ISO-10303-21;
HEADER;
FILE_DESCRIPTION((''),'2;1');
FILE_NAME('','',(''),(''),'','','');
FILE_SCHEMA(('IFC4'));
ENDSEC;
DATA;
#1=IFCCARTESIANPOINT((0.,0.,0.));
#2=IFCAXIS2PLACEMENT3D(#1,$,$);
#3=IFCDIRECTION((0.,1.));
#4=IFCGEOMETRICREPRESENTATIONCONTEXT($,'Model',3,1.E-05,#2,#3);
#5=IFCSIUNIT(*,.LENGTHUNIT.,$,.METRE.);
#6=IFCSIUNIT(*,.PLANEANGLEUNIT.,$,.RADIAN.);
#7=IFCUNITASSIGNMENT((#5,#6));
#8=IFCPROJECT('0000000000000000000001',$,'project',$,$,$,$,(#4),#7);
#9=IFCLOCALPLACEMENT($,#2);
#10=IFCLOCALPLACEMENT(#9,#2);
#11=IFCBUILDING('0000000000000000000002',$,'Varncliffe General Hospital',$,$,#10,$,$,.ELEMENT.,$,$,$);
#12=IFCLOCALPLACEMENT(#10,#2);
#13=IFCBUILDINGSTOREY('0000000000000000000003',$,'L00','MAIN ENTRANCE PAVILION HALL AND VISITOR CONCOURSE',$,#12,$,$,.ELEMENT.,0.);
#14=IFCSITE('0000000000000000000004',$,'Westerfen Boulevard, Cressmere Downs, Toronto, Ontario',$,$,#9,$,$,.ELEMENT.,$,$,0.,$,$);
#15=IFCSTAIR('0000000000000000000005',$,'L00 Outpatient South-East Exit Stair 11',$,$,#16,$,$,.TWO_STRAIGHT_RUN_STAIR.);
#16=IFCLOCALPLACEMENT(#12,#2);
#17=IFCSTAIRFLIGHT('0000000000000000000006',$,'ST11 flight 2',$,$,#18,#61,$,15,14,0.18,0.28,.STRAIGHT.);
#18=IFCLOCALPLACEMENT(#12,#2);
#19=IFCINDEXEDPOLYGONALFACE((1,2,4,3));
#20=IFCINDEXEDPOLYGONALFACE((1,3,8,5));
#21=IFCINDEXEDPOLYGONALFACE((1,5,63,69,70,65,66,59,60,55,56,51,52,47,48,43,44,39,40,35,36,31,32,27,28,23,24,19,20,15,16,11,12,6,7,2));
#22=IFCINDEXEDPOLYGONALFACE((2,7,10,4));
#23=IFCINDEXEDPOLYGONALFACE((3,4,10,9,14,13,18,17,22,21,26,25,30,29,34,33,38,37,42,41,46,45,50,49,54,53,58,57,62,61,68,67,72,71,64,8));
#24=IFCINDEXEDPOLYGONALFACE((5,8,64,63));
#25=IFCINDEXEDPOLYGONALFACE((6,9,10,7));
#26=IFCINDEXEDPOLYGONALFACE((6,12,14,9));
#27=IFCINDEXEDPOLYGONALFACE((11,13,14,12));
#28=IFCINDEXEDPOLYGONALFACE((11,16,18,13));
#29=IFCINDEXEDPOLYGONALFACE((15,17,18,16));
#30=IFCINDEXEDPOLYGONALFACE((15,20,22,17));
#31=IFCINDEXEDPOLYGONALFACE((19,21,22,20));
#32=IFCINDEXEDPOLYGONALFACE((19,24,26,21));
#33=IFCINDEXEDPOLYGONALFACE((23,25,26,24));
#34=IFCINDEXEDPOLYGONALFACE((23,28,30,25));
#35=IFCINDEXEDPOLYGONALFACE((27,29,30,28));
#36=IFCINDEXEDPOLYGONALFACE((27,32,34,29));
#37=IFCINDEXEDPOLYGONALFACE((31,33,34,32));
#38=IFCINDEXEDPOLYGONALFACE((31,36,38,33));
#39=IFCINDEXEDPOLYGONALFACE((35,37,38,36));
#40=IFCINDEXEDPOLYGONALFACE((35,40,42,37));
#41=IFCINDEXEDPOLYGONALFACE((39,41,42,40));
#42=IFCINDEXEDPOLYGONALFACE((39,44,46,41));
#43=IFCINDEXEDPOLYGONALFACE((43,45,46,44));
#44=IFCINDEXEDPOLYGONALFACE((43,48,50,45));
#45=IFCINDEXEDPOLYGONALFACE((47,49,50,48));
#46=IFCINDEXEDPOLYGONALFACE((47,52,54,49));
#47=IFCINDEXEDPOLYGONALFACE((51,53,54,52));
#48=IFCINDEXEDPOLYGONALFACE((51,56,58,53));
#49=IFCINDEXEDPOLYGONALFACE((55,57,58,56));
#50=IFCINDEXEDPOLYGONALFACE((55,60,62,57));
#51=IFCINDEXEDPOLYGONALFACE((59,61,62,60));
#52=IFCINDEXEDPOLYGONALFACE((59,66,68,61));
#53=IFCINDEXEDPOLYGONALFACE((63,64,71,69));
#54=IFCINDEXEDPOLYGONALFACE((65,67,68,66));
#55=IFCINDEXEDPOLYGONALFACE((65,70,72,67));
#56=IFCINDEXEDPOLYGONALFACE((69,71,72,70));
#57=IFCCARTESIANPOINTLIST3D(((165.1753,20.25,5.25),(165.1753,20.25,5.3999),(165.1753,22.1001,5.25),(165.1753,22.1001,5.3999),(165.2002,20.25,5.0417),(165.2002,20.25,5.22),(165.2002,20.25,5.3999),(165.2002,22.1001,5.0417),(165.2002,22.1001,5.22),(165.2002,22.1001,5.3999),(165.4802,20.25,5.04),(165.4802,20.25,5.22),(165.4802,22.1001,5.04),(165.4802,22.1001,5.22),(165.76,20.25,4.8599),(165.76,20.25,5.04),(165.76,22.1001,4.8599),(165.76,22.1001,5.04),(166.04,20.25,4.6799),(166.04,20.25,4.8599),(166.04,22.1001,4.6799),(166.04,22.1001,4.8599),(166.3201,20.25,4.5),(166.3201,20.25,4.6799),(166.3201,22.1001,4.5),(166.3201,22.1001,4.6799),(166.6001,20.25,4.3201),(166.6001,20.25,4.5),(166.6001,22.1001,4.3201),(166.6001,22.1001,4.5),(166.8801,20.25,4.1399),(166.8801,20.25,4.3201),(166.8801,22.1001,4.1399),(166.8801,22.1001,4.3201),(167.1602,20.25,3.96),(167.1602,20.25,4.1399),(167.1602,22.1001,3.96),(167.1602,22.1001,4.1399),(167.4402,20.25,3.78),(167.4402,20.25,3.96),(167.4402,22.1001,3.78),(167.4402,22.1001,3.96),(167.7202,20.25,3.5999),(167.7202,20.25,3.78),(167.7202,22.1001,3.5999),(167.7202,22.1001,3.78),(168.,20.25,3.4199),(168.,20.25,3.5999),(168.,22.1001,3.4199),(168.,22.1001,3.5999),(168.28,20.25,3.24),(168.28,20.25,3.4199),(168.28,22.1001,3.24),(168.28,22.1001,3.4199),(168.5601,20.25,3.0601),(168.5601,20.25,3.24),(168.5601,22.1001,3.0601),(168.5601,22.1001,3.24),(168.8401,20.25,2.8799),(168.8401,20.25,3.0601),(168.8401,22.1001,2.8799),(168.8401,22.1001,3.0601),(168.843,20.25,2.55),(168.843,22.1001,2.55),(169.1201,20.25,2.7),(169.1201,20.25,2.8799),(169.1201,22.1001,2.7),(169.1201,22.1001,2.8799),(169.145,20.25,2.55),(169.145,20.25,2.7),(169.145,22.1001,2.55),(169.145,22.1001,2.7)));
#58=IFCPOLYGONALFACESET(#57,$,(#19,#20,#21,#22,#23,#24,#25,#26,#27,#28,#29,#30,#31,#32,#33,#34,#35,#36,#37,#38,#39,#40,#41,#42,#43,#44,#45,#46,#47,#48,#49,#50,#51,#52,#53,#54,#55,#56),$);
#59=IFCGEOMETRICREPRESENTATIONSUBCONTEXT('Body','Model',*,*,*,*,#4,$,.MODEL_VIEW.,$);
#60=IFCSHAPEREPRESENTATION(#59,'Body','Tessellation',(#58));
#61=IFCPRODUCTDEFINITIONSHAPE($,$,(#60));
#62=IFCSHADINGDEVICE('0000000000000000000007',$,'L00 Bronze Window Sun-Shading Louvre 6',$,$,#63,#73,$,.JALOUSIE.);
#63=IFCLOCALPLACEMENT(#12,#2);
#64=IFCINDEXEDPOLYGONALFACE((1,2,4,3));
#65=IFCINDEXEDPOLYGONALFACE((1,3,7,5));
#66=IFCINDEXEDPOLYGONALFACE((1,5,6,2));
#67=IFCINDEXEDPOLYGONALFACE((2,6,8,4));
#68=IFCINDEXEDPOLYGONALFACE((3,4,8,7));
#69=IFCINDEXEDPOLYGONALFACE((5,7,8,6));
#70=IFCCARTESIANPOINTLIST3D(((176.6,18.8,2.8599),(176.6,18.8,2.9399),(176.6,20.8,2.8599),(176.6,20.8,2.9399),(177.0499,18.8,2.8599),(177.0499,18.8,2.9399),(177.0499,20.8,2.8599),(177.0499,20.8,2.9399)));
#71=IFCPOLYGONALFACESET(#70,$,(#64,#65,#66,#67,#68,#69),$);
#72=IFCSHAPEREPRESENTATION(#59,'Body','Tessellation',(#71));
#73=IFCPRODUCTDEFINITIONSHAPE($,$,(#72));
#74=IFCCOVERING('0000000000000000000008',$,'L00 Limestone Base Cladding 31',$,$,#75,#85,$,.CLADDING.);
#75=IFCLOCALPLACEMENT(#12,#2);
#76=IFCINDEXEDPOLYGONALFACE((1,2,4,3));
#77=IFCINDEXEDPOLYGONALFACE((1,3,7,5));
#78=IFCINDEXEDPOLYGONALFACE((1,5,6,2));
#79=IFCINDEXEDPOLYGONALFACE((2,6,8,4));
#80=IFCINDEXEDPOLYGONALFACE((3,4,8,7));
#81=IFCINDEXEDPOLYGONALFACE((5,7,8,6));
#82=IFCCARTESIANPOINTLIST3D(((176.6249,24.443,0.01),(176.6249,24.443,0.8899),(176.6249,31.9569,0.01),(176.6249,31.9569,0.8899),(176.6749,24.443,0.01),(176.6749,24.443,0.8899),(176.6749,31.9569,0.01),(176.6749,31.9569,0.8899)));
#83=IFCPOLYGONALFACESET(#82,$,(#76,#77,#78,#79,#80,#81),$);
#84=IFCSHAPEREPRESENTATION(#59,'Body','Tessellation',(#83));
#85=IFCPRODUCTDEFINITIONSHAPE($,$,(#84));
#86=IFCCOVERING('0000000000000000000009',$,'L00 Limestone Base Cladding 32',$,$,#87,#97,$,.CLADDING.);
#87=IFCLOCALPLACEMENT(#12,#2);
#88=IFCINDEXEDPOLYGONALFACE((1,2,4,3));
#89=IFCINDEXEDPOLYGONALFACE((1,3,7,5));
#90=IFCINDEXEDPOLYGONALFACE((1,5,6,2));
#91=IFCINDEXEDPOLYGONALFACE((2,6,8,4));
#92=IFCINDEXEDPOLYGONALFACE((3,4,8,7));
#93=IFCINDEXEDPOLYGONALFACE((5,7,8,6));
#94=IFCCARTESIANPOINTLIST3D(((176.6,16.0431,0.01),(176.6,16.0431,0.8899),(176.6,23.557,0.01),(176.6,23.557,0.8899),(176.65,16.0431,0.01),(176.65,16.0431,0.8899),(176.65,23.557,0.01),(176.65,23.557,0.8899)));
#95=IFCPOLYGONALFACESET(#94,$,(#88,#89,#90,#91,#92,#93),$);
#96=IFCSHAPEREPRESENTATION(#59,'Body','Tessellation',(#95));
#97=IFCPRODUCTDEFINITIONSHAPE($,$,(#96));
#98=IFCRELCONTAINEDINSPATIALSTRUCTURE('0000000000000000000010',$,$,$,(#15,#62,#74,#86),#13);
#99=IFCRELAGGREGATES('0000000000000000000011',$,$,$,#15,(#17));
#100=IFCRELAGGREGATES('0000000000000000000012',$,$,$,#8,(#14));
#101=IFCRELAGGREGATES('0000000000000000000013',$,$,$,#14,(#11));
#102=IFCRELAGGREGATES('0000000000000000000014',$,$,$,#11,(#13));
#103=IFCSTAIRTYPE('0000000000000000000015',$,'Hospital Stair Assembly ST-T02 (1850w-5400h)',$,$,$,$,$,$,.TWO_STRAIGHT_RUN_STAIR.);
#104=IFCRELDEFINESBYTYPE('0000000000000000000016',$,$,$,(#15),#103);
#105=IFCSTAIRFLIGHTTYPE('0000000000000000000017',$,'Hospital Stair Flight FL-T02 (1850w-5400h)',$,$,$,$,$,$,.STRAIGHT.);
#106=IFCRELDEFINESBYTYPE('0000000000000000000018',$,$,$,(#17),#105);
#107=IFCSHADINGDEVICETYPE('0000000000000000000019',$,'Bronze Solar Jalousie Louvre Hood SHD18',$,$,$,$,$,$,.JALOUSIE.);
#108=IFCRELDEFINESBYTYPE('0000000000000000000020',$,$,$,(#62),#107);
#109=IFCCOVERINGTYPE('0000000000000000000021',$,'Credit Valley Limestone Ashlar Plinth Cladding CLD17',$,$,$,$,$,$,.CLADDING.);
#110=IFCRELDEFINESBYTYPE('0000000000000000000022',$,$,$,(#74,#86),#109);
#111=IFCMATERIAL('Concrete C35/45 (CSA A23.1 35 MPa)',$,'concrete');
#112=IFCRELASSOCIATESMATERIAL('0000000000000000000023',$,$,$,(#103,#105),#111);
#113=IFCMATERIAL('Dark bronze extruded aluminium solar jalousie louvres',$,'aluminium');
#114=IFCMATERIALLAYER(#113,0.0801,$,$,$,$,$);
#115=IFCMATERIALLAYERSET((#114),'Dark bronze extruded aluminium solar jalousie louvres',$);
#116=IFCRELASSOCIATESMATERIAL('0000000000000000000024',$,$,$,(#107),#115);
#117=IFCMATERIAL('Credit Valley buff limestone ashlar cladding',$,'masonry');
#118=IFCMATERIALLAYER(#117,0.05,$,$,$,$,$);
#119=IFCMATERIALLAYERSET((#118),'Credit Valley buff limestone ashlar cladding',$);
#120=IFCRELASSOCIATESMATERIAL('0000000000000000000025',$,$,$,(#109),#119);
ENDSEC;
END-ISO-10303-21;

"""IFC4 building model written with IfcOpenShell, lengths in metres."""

from ifc_helpers import new_model, si_unit, direction, frame, origin, origin_2d, place, context, subcontext, project, spatial, polyline, rectangle, outline, extrude, material, layer, layer_set, type_object, element, aggregate, save


model = new_model("IFC4")

# Units and contexts
model_context = context("Model", 3, precision=1e-05, world=origin(), true_north=direction((0.0, 1.0)))
body_context = subcontext(model_context, "Body", "Model", "MODEL_VIEW")
ifc_project = project(units=[si_unit("LENGTHUNIT", "METRE"), si_unit("PLANEANGLEUNIT", "RADIAN")], contexts=[model_context])

# Site, building, storey
site_placement = place(None, origin())
site = spatial("IfcSite", under=ifc_project, at=site_placement, Name="Westerfen Boulevard, Cressmere Downs, Toronto, Ontario", CompositionType="ELEMENT", RefElevation=0.0)
building_placement = place(site_placement, origin())
building = spatial("IfcBuilding", under=site, at=building_placement, Name="Varncliffe General Hospital", CompositionType="ELEMENT")
storey_placement = place(building_placement, origin())
storey = spatial("IfcBuildingStorey", under=building, at=storey_placement, Name="L00", Description="MAIN ENTRANCE PAVILION HALL AND VISITOR CONCOURSE", CompositionType="ELEMENT", Elevation=0.0)

# Shared definitions
ifc_material_1 = material(Name="Concrete C35/45 (CSA A23.1 35 MPa)", Category="concrete")

# Stair, stair flight
stair_type = type_object("IfcStairType", Name="Hospital Stair Assembly ST-T02 (1850w-5400h)", PredefinedType="TWO_STRAIGHT_RUN_STAIR", material=ifc_material_1)
stair_placement = place(storey_placement, origin())
stair = element("IfcStair", 1, at=stair_placement, inside=storey, type_object=stair_type, Name="L00 Outpatient South-East Exit Stair 11", PredefinedType="TWO_STRAIGHT_RUN_STAIR")
stair_flight_type = type_object("IfcStairFlightType", Name="Hospital Stair Flight FL-T02 (1850w-5400h)", PredefinedType="STRAIGHT", material=ifc_material_1)
stair_flight_1_placement = place(storey_placement, frame((169.1201, 21.175, 2.7), z_axis=(0.0, 0.0, 1.0), x_axis=(-1.0, 0.0, 0.0)))
stair_flight_1 = element("IfcStairFlight", 2, at=stair_flight_1_placement, type_object=stair_flight_type, Name="ST11 flight 2", NumberOfRisers=15, NumberOfTreads=14, PredefinedType="STRAIGHT", RiserHeight=0.18, TreadLength=0.28, context=body_context, shape_type="SweptSolid", body=[
    extrude(outline(polyline([(-0.0249, -0.1499), (-0.0249, 0.0), (0.0, 0.0), (0.0, 0.1799), (0.28, 0.1799), (0.28, 0.3601), (0.5601, 0.3601), (0.5601, 0.54), (0.8401, 0.54), (0.8401, 0.72), (1.1201, 0.72), (1.1201, 0.8999), (1.3999, 0.8999), (1.3999, 1.0801), (1.6799, 1.0801), (1.6799, 1.26), (1.96, 1.26), (1.96, 1.4399), (2.24, 1.4399), (2.24, 1.6201), (2.52, 1.6201), (2.52, 1.8), (2.8, 1.8), (2.8, 1.98), (3.0801, 1.98), (3.0801, 2.1599), (3.3601, 2.1599), (3.3601, 2.3401), (3.6399, 2.3401), (3.6399, 2.52), (3.9199, 2.52), (3.9199, 2.7), (3.9448, 2.7), (3.9448, 2.55), (3.9199, 2.3418), (0.2771, -0.1499), (-0.0249, -0.1499)])), frame((0.0, 0.925, 0.0), z_axis=(0.0, -1.0, 0.0), x_axis=(1.0, 0.0, 0.0)), (0.0, 0.0, 1.0), 1.8501),
])
aggregate(stair, [stair_flight_1])

# Shading device
ifc_material_2 = material(Name="Dark bronze extruded aluminium solar jalousie louvres", Category="aluminium")
ifc_layer_1 = layer(ifc_material_2, 0.0801)
ifc_layer_set_1 = layer_set([ifc_layer_1], Name="Dark bronze extruded aluminium solar jalousie louvres")
shading_device_type = type_object("IfcShadingDeviceType", Name="Bronze Solar Jalousie Louvre Hood SHD18", PredefinedType="JALOUSIE", material=ifc_layer_set_1)
shading_device_placement = place(storey_placement, frame((176.825, 19.8, 2.8599), z_axis=(0.0, 0.0, 1.0), x_axis=(0.0, -1.0, 0.0)))
element("IfcShadingDevice", 3, at=shading_device_placement, inside=storey, type_object=shading_device_type, Name="L00 Bronze Window Sun-Shading Louvre 6", PredefinedType="JALOUSIE", context=body_context, shape_type="SweptSolid", body=[
    extrude(rectangle(XDim=2.0, YDim=0.45, at=origin_2d()), origin(), (0.0, 0.0, 1.0), 0.0801),
])

# Coverings
ifc_material_3 = material(Name="Credit Valley buff limestone ashlar cladding", Category="masonry")
ifc_layer_2 = layer(ifc_material_3, 0.05)
ifc_layer_set_2 = layer_set([ifc_layer_2], Name="Credit Valley buff limestone ashlar cladding")
covering_type = type_object("IfcCoveringType", Name="Credit Valley Limestone Ashlar Plinth Cladding CLD17", PredefinedType="CLADDING", material=ifc_layer_set_2)
for number, where, z_axis, x_axis, name in (
    (4, (176.6499, 28.2, 0.01), (0.0, 0.0, 1.0), (0.0, -1.0, 0.0), "L00 Limestone Base Cladding 31"),
    (5, (176.625, 19.8, 0.01), (0.0, 0.0, 1.0), (0.0, -1.0, 0.0), "L00 Limestone Base Cladding 32"),
):
    element("IfcCovering", number, at=place(storey_placement, frame(where, z_axis=z_axis, x_axis=x_axis)), inside=storey, type_object=covering_type, Name=name, PredefinedType="CLADDING", context=body_context, shape_type="SweptSolid", body=[
        extrude(rectangle(XDim=7.5139, YDim=0.05, at=origin_2d()), origin(), (0.0, 0.0, 1.0), 0.8799),
    ])

save(model, "model.ifc")
